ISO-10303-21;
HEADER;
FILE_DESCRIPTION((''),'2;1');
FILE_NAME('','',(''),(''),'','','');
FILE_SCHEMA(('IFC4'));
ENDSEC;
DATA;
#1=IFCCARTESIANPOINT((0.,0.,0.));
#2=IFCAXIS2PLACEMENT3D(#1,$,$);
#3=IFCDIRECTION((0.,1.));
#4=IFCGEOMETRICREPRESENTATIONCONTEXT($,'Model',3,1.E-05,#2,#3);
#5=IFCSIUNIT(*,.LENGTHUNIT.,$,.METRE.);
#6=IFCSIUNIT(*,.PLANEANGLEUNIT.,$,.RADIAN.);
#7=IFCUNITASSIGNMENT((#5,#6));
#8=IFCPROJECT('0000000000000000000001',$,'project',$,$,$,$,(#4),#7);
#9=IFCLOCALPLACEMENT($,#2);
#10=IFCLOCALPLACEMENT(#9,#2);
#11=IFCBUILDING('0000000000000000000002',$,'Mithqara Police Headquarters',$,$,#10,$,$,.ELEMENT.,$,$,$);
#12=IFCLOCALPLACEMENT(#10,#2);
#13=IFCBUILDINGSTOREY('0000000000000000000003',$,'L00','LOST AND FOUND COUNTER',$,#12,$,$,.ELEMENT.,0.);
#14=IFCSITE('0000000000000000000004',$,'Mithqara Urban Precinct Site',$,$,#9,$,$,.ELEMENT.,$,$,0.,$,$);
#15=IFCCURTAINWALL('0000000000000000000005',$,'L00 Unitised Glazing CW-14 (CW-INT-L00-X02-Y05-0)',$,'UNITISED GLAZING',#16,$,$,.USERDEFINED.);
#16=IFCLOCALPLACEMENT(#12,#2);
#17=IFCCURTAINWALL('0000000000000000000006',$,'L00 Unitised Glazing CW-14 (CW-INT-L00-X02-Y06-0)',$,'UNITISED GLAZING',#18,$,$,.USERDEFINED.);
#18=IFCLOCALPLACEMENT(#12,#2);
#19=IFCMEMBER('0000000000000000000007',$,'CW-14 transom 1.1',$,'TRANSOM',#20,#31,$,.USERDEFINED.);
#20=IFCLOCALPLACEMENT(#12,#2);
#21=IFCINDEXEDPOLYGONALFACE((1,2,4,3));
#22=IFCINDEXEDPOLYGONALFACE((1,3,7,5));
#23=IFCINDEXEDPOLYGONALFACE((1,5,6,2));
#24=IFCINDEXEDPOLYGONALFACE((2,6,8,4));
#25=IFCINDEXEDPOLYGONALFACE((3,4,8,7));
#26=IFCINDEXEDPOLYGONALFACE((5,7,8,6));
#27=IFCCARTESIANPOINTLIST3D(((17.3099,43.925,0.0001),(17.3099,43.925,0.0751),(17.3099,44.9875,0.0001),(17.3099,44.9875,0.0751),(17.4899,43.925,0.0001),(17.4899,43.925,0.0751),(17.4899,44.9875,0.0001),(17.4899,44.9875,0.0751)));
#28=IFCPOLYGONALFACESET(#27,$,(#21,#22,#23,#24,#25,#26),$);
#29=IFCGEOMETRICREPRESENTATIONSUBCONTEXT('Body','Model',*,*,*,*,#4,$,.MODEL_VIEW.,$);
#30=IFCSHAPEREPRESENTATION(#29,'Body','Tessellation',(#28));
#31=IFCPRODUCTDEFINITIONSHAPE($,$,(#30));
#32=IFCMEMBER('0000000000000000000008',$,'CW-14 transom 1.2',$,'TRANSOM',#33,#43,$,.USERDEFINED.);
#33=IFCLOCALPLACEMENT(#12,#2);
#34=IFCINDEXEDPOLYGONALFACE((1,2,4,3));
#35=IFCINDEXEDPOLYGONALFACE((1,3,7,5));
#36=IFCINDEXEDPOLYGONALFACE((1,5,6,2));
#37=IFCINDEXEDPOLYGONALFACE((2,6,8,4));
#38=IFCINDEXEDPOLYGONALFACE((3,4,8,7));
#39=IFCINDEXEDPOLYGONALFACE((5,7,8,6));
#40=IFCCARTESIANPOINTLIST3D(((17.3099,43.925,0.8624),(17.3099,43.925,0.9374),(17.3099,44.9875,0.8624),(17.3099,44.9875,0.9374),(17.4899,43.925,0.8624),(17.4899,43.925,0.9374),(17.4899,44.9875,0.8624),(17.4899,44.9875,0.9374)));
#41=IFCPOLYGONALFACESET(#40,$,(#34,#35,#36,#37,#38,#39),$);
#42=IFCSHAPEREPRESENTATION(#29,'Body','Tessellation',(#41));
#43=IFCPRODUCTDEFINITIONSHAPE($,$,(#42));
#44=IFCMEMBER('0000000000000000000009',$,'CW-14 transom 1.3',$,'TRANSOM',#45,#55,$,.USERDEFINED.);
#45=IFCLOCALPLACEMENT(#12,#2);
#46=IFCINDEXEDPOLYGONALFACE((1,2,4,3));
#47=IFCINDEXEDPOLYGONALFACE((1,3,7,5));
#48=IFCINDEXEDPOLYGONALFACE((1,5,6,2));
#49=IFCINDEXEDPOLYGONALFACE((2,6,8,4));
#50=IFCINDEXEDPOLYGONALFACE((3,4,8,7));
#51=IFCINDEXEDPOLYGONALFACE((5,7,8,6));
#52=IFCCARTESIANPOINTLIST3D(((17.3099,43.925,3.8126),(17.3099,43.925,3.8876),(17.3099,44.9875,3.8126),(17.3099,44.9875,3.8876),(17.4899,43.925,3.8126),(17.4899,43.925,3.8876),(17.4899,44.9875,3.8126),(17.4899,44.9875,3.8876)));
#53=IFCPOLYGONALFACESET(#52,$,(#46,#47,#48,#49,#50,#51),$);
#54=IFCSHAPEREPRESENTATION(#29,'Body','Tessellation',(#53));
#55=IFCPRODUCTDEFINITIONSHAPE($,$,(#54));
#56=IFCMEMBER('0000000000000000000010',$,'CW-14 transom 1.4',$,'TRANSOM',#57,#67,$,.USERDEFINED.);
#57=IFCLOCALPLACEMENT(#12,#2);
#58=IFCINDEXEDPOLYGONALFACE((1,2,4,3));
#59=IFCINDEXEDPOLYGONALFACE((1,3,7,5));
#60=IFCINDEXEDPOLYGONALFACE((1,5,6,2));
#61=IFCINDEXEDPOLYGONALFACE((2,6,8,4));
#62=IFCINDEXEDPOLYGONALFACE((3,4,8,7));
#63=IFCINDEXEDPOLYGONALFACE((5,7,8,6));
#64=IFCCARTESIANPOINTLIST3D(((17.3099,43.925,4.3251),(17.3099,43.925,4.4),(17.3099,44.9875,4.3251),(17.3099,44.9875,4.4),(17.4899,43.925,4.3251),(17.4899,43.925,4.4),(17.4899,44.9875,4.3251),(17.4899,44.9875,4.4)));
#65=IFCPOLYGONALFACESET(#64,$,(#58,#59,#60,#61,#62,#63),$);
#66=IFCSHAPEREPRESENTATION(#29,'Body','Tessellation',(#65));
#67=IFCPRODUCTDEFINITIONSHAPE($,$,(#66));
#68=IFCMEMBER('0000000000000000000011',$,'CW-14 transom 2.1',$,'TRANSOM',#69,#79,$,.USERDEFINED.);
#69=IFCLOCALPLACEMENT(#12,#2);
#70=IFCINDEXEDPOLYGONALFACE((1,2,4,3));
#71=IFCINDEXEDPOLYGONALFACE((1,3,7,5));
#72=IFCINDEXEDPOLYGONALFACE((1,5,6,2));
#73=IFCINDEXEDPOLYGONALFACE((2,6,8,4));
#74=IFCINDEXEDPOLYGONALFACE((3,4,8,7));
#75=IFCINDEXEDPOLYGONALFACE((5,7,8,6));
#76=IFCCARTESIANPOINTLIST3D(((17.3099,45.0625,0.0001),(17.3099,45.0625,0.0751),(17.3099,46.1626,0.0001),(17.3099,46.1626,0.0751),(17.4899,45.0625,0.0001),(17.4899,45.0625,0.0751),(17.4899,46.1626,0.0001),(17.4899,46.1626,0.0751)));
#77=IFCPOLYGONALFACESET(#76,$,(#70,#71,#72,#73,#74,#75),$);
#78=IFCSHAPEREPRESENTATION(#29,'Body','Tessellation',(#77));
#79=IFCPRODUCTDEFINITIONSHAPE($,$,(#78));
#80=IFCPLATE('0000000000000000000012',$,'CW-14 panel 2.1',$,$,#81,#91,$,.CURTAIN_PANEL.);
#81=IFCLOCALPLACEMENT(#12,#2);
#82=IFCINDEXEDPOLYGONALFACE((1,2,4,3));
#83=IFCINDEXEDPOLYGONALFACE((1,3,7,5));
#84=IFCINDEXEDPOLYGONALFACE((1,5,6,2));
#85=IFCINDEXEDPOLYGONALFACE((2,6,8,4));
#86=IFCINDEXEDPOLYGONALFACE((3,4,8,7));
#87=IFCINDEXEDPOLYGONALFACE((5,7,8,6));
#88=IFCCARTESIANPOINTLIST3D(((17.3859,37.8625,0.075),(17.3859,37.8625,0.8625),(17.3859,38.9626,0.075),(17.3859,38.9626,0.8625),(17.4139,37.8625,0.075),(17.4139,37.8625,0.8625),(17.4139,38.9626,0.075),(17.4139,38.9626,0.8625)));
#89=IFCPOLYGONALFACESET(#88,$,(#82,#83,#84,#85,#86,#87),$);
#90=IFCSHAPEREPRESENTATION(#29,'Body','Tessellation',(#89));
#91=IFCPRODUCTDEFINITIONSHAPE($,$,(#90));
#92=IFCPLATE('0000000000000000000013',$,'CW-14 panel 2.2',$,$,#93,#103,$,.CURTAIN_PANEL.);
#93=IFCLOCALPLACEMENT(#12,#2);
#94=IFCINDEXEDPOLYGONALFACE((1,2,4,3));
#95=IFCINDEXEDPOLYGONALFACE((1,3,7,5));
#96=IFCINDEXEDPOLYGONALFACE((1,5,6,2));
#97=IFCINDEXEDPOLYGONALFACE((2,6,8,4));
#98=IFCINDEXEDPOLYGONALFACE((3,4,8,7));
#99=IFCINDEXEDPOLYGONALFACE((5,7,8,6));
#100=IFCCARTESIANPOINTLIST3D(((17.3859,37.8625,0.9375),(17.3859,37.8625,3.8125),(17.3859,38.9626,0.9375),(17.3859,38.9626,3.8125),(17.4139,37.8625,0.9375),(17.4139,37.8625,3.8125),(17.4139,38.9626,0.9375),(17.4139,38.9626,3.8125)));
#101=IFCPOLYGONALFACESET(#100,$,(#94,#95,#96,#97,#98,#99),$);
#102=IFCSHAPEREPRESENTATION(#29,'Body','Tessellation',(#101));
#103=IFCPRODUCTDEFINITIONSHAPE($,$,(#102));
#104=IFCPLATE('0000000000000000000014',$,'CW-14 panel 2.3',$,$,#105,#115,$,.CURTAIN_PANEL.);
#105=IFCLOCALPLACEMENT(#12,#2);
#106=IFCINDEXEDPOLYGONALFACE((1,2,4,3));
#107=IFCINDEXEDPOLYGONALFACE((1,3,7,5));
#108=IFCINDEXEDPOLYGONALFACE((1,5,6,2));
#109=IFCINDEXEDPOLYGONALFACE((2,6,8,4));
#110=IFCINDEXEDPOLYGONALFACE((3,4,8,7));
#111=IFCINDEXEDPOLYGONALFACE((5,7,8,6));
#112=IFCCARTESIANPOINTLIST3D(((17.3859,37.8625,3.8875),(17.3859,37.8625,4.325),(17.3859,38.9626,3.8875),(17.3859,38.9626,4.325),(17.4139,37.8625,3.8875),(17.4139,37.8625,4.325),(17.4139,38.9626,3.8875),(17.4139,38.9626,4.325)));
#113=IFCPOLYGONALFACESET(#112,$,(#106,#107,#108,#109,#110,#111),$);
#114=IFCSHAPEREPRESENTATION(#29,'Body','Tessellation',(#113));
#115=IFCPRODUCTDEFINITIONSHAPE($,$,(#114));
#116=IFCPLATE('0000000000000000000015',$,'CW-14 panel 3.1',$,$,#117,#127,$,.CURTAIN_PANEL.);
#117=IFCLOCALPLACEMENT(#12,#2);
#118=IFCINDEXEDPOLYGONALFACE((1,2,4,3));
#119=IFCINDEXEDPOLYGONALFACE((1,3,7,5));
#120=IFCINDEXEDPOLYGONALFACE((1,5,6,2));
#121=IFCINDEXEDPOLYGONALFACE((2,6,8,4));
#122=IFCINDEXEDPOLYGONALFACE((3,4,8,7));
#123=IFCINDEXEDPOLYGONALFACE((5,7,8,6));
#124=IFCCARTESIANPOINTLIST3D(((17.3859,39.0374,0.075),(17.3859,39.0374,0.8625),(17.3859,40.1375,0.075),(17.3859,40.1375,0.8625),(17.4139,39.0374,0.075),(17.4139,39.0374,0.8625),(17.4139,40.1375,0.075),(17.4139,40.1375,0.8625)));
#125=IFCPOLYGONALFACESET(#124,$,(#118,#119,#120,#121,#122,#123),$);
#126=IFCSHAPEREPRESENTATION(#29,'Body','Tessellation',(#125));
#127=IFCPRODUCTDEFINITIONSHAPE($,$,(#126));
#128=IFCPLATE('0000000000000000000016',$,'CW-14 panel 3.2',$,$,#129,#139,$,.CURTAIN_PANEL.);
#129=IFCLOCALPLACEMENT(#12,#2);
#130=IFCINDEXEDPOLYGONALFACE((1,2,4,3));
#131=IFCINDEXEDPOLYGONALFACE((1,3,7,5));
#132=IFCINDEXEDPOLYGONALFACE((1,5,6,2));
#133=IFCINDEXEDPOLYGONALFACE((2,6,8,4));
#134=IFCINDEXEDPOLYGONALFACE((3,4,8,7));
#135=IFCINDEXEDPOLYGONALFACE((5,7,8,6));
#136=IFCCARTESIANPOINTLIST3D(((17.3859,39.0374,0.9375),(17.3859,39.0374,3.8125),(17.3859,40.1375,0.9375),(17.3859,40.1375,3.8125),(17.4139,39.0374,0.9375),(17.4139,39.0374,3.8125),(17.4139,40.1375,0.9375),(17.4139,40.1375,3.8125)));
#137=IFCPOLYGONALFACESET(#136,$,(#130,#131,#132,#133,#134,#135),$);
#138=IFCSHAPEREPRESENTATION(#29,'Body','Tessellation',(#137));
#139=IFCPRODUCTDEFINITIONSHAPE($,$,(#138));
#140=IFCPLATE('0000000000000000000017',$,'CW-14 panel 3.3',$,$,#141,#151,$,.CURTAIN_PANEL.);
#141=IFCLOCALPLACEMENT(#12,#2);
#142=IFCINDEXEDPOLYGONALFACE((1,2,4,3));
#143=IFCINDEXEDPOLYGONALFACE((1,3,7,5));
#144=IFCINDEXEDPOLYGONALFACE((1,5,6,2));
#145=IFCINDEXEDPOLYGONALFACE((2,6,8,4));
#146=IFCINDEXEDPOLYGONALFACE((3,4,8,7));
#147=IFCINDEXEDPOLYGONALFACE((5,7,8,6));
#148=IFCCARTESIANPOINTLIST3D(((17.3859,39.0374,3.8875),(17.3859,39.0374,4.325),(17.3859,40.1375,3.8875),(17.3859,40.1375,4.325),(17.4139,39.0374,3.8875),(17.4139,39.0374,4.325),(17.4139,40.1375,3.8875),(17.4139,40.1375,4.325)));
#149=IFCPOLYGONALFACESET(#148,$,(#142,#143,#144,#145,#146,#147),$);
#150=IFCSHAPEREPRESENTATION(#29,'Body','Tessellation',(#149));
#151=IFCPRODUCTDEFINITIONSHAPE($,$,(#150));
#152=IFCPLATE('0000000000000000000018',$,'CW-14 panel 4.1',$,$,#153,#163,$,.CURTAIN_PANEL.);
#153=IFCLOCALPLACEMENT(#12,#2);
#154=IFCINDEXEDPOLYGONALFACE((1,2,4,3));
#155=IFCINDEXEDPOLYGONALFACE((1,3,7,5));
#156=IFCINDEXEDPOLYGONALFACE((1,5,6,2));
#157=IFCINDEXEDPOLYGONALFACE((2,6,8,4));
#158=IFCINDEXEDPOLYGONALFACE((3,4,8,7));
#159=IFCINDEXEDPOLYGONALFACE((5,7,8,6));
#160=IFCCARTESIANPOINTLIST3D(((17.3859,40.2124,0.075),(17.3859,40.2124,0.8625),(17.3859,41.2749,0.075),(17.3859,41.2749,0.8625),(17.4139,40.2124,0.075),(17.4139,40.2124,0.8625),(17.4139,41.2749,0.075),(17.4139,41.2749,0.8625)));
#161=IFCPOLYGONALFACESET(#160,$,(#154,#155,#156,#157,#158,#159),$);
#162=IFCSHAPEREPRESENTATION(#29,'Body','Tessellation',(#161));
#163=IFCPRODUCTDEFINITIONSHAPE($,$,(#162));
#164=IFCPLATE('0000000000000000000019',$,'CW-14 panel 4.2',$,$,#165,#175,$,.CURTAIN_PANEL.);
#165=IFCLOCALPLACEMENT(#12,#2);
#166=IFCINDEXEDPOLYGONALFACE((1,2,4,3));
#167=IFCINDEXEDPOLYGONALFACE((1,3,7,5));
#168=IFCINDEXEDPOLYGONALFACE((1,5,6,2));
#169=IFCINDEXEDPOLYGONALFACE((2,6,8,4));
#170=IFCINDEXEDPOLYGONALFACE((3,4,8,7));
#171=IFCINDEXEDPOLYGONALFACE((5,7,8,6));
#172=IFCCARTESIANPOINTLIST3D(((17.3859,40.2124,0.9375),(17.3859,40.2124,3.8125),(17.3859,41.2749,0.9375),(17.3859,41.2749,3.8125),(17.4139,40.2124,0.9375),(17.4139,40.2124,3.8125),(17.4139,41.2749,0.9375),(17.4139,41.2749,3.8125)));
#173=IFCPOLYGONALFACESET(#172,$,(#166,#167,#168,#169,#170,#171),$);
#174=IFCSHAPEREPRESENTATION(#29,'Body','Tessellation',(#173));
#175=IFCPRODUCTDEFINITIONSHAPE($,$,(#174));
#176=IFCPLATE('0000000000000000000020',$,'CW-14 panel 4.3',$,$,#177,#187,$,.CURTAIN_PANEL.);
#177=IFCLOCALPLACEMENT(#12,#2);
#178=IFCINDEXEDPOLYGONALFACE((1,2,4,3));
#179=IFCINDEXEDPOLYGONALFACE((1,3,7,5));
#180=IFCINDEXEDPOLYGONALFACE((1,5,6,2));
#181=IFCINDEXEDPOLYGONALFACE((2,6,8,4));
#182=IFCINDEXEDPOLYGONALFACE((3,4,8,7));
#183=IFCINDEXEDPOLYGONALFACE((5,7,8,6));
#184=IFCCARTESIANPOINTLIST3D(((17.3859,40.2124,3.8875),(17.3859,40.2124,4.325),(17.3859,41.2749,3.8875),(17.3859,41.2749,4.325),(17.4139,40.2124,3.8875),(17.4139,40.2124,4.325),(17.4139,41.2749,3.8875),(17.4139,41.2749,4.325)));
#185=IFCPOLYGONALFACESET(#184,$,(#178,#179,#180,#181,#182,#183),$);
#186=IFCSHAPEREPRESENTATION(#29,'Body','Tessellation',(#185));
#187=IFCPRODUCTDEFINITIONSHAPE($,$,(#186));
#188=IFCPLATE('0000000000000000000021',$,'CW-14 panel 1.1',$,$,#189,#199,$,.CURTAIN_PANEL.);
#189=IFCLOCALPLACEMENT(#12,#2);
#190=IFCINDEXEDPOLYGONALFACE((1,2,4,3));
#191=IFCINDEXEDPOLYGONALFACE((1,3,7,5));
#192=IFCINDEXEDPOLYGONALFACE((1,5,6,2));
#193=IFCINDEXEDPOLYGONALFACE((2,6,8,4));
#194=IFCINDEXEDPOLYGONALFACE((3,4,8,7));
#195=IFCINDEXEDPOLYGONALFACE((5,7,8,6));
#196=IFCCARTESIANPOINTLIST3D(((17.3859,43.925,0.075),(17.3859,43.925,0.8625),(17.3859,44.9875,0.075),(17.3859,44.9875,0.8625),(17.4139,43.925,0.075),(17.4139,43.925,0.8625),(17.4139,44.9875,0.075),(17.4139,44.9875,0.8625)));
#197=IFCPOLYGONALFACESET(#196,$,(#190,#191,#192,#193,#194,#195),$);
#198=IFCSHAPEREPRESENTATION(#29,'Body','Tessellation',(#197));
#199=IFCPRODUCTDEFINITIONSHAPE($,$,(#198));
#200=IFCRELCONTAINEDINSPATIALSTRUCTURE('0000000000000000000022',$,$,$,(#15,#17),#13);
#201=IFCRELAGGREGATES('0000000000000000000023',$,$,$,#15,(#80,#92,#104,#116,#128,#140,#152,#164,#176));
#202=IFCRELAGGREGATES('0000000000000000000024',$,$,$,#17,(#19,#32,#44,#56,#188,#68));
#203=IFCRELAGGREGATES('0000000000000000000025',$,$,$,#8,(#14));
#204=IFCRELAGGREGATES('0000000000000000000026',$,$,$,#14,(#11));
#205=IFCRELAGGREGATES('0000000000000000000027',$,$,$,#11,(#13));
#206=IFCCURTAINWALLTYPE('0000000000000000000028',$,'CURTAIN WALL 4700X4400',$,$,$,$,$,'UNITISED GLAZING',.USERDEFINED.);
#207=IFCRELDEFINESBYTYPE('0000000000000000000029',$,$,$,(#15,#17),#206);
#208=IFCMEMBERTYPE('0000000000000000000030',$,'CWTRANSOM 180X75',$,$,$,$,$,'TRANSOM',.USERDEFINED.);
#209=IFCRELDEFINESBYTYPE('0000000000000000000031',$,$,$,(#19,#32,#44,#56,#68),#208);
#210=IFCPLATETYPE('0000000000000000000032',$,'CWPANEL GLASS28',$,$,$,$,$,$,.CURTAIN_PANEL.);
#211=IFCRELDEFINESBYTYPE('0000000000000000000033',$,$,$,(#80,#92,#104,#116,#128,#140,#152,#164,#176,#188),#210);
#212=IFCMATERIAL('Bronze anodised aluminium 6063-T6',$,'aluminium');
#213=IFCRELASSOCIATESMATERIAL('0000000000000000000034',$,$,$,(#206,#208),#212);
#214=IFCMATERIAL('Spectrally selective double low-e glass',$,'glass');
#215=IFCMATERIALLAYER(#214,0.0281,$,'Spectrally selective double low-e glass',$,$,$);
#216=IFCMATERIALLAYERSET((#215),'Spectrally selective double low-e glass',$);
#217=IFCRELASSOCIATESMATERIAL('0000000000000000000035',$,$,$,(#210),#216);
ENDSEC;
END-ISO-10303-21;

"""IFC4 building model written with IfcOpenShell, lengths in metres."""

from ifc_helpers import new_model, si_unit, direction, frame, origin, origin_2d, place, context, subcontext, project, spatial, rectangle, extrude, material, layer, layer_set, material_profile, profile_set, type_object, element, aggregate, save


model = new_model("IFC4")

# Units and contexts
model_context = context("Model", 3, precision=1e-05, world=origin(), true_north=direction((0.0, 1.0)))
body_context = subcontext(model_context, "Body", "Model", "MODEL_VIEW")
ifc_project = project(units=[si_unit("LENGTHUNIT", "METRE"), si_unit("PLANEANGLEUNIT", "RADIAN")], contexts=[model_context])

# Site, building, storey
site_placement = place(None, origin())
site = spatial("IfcSite", under=ifc_project, at=site_placement, Name="Mithqara Urban Precinct Site", CompositionType="ELEMENT", RefElevation=0.0)
building_placement = place(site_placement, origin())
building = spatial("IfcBuilding", under=site, at=building_placement, Name="Mithqara Police Headquarters", CompositionType="ELEMENT")
storey_placement = place(building_placement, origin())
storey = spatial("IfcBuildingStorey", under=building, at=storey_placement, Name="L00", Description="LOST AND FOUND COUNTER", CompositionType="ELEMENT", Elevation=0.0)

# Curtain walls
ifc_material_1 = material(Name="Bronze anodised aluminium 6063-T6", Category="aluminium")
curtain_wall_type = type_object("IfcCurtainWallType", Name="CURTAIN WALL 4700X4400", ElementType="UNITISED GLAZING", PredefinedType="USERDEFINED", material=ifc_material_1)
curtain_wall_1_placement = place(storey_placement, origin())
curtain_wall_1 = element("IfcCurtainWall", 1, at=curtain_wall_1_placement, inside=storey, type_object=curtain_wall_type, Name="L00 Unitised Glazing CW-14 (CW-INT-L00-X02-Y05-0)", ObjectType="UNITISED GLAZING", PredefinedType="USERDEFINED")
curtain_wall_2_placement = place(storey_placement, origin())
curtain_wall_2 = element("IfcCurtainWall", 2, at=curtain_wall_2_placement, inside=storey, type_object=curtain_wall_type, Name="L00 Unitised Glazing CW-14 (CW-INT-L00-X02-Y06-0)", ObjectType="UNITISED GLAZING", PredefinedType="USERDEFINED")

# Members
ifc_material_profile_1 = material_profile(ifc_material_1, rectangle(XDim=0.1799, YDim=0.075, at=origin_2d()), Name="CWT 180x75")
ifc_profile_set_1 = profile_set([ifc_material_profile_1], Name="Bronze anodised aluminium 6063-T6")
member_type_1 = type_object("IfcMemberType", Name="CWTRANSOM 180X75", ElementType="TRANSOM", PredefinedType="USERDEFINED", material=ifc_profile_set_1)
member_1_placement = place(storey_placement, frame((17.3999, 43.925, 0.0376), z_axis=(0.0, 1.0, 0.0), x_axis=(-1.0, 0.0, 0.0)))
member_1 = element("IfcMember", 3, at=member_1_placement, type_object=member_type_1, Name="CW-14 transom 1.1", ObjectType="TRANSOM", PredefinedType="USERDEFINED", context=body_context, shape_type="SweptSolid", body=[
    extrude(rectangle(XDim=0.1799, YDim=0.075, at=origin_2d()), origin(), (0.0, 0.0, 1.0), 1.0625),
])
member_2_placement = place(storey_placement, frame((17.3999, 43.925, 0.8999), z_axis=(0.0, 1.0, 0.0), x_axis=(-1.0, 0.0, 0.0)))
member_2 = element("IfcMember", 4, at=member_2_placement, type_object=member_type_1, Name="CW-14 transom 1.2", ObjectType="TRANSOM", PredefinedType="USERDEFINED", context=body_context, shape_type="SweptSolid", body=[
    extrude(rectangle(XDim=0.1799, YDim=0.075, at=origin_2d()), origin(), (0.0, 0.0, 1.0), 1.0625),
])
member_3_placement = place(storey_placement, frame((17.3999, 43.925, 3.8501), z_axis=(0.0, 1.0, 0.0), x_axis=(-1.0, 0.0, 0.0)))
member_3 = element("IfcMember", 5, at=member_3_placement, type_object=member_type_1, Name="CW-14 transom 1.3", ObjectType="TRANSOM", PredefinedType="USERDEFINED", context=body_context, shape_type="SweptSolid", body=[
    extrude(rectangle(XDim=0.1799, YDim=0.075, at=origin_2d()), origin(), (0.0, 0.0, 1.0), 1.0625),
])
member_4_placement = place(storey_placement, frame((17.3999, 43.925, 4.3625), z_axis=(0.0, 1.0, 0.0), x_axis=(-1.0, 0.0, 0.0)))
member_4 = element("IfcMember", 6, at=member_4_placement, type_object=member_type_1, Name="CW-14 transom 1.4", ObjectType="TRANSOM", PredefinedType="USERDEFINED", context=body_context, shape_type="SweptSolid", body=[
    extrude(rectangle(XDim=0.1799, YDim=0.075, at=origin_2d()), origin(), (0.0, 0.0, 1.0), 1.0625),
])
member_5_placement = place(storey_placement, frame((17.3999, 45.0625, 0.0376), z_axis=(0.0, 1.0, 0.0), x_axis=(-1.0, 0.0, 0.0)))
member_5 = element("IfcMember", 7, at=member_5_placement, type_object=member_type_1, Name="CW-14 transom 2.1", ObjectType="TRANSOM", PredefinedType="USERDEFINED", context=body_context, shape_type="SweptSolid", body=[
    extrude(rectangle(XDim=0.1799, YDim=0.075, at=origin_2d()), origin(), (0.0, 0.0, 1.0), 1.1001),
])

# Plates
ifc_material_2 = material(Name="Spectrally selective double low-e glass", Category="glass")
ifc_layer_1 = layer(ifc_material_2, 0.0281, Name="Spectrally selective double low-e glass")
ifc_layer_set_1 = layer_set([ifc_layer_1], Name="Spectrally selective double low-e glass")
plate_type = type_object("IfcPlateType", Name="CWPANEL GLASS28", PredefinedType="CURTAIN_PANEL", material=ifc_layer_set_1)
plate_1_placement = place(storey_placement, frame((17.3999, 38.4126, 0.075), z_axis=(0.0, 0.0, 1.0), x_axis=(0.0, 1.0, 0.0)))
plate_1 = element("IfcPlate", 8, at=plate_1_placement, type_object=plate_type, Name="CW-14 panel 2.1", PredefinedType="CURTAIN_PANEL", context=body_context, shape_type="SweptSolid", body=[
    extrude(rectangle(XDim=1.1001, YDim=0.0281, at=origin_2d()), origin(), (0.0, 0.0, 1.0), 0.7876),
])
plate_2_placement = place(storey_placement, frame((17.3999, 38.4126, 0.9375), z_axis=(0.0, 0.0, 1.0), x_axis=(0.0, 1.0, 0.0)))
plate_2 = element("IfcPlate", 9, at=plate_2_placement, type_object=plate_type, Name="CW-14 panel 2.2", PredefinedType="CURTAIN_PANEL", context=body_context, shape_type="SweptSolid", body=[
    extrude(rectangle(XDim=1.1001, YDim=0.0281, at=origin_2d()), origin(), (0.0, 0.0, 1.0), 2.875),
])
plate_3_placement = place(storey_placement, frame((17.3999, 38.4126, 3.8875), z_axis=(0.0, 0.0, 1.0), x_axis=(0.0, 1.0, 0.0)))
plate_3 = element("IfcPlate", 10, at=plate_3_placement, type_object=plate_type, Name="CW-14 panel 2.3", PredefinedType="CURTAIN_PANEL", context=body_context, shape_type="SweptSolid", body=[
    extrude(rectangle(XDim=1.1001, YDim=0.0281, at=origin_2d()), origin(), (0.0, 0.0, 1.0), 0.4375),
])
plate_4_placement = place(storey_placement, frame((17.3999, 39.5874, 0.075), z_axis=(0.0, 0.0, 1.0), x_axis=(0.0, 1.0, 0.0)))
plate_4 = element("IfcPlate", 11, at=plate_4_placement, type_object=plate_type, Name="CW-14 panel 3.1", PredefinedType="CURTAIN_PANEL", context=body_context, shape_type="SweptSolid", body=[
    extrude(rectangle(XDim=1.1001, YDim=0.0281, at=origin_2d()), origin(), (0.0, 0.0, 1.0), 0.7876),
])
plate_5_placement = place(storey_placement, frame((17.3999, 39.5874, 0.9375), z_axis=(0.0, 0.0, 1.0), x_axis=(0.0, 1.0, 0.0)))
plate_5 = element("IfcPlate", 12, at=plate_5_placement, type_object=plate_type, Name="CW-14 panel 3.2", PredefinedType="CURTAIN_PANEL", context=body_context, shape_type="SweptSolid", body=[
    extrude(rectangle(XDim=1.1001, YDim=0.0281, at=origin_2d()), origin(), (0.0, 0.0, 1.0), 2.875),
])
plate_6_placement = place(storey_placement, frame((17.3999, 39.5874, 3.8875), z_axis=(0.0, 0.0, 1.0), x_axis=(0.0, 1.0, 0.0)))
plate_6 = element("IfcPlate", 13, at=plate_6_placement, type_object=plate_type, Name="CW-14 panel 3.3", PredefinedType="CURTAIN_PANEL", context=body_context, shape_type="SweptSolid", body=[
    extrude(rectangle(XDim=1.1001, YDim=0.0281, at=origin_2d()), origin(), (0.0, 0.0, 1.0), 0.4375),
])
plate_7_placement = place(storey_placement, frame((17.3999, 40.7437, 0.075), z_axis=(0.0, 0.0, 1.0), x_axis=(0.0, 1.0, 0.0)))
plate_7 = element("IfcPlate", 14, at=plate_7_placement, type_object=plate_type, Name="CW-14 panel 4.1", PredefinedType="CURTAIN_PANEL", context=body_context, shape_type="SweptSolid", body=[
    extrude(rectangle(XDim=1.0625, YDim=0.0281, at=origin_2d()), origin(), (0.0, 0.0, 1.0), 0.7876),
])
plate_8_placement = place(storey_placement, frame((17.3999, 40.7437, 0.9375), z_axis=(0.0, 0.0, 1.0), x_axis=(0.0, 1.0, 0.0)))
plate_8 = element("IfcPlate", 15, at=plate_8_placement, type_object=plate_type, Name="CW-14 panel 4.2", PredefinedType="CURTAIN_PANEL", context=body_context, shape_type="SweptSolid", body=[
    extrude(rectangle(XDim=1.0625, YDim=0.0281, at=origin_2d()), origin(), (0.0, 0.0, 1.0), 2.875),
])
plate_9_placement = place(storey_placement, frame((17.3999, 40.7437, 3.8875), z_axis=(0.0, 0.0, 1.0), x_axis=(0.0, 1.0, 0.0)))
plate_9 = element("IfcPlate", 16, at=plate_9_placement, type_object=plate_type, Name="CW-14 panel 4.3", PredefinedType="CURTAIN_PANEL", context=body_context, shape_type="SweptSolid", body=[
    extrude(rectangle(XDim=1.0625, YDim=0.0281, at=origin_2d()), origin(), (0.0, 0.0, 1.0), 0.4375),
])
aggregate(curtain_wall_1, [plate_1, plate_2, plate_3, plate_4, plate_5, plate_6, plate_7, plate_8, plate_9])
plate_10_placement = place(storey_placement, frame((17.3999, 44.4563, 0.075), z_axis=(0.0, 0.0, 1.0), x_axis=(0.0, 1.0, 0.0)))
plate_10 = element("IfcPlate", 17, at=plate_10_placement, type_object=plate_type, Name="CW-14 panel 1.1", PredefinedType="CURTAIN_PANEL", context=body_context, shape_type="SweptSolid", body=[
    extrude(rectangle(XDim=1.0625, YDim=0.0281, at=origin_2d()), origin(), (0.0, 0.0, 1.0), 0.7876),
])
aggregate(curtain_wall_2, [member_1, member_2, member_3, member_4, plate_10, member_5])

save(model, "model.ifc")
